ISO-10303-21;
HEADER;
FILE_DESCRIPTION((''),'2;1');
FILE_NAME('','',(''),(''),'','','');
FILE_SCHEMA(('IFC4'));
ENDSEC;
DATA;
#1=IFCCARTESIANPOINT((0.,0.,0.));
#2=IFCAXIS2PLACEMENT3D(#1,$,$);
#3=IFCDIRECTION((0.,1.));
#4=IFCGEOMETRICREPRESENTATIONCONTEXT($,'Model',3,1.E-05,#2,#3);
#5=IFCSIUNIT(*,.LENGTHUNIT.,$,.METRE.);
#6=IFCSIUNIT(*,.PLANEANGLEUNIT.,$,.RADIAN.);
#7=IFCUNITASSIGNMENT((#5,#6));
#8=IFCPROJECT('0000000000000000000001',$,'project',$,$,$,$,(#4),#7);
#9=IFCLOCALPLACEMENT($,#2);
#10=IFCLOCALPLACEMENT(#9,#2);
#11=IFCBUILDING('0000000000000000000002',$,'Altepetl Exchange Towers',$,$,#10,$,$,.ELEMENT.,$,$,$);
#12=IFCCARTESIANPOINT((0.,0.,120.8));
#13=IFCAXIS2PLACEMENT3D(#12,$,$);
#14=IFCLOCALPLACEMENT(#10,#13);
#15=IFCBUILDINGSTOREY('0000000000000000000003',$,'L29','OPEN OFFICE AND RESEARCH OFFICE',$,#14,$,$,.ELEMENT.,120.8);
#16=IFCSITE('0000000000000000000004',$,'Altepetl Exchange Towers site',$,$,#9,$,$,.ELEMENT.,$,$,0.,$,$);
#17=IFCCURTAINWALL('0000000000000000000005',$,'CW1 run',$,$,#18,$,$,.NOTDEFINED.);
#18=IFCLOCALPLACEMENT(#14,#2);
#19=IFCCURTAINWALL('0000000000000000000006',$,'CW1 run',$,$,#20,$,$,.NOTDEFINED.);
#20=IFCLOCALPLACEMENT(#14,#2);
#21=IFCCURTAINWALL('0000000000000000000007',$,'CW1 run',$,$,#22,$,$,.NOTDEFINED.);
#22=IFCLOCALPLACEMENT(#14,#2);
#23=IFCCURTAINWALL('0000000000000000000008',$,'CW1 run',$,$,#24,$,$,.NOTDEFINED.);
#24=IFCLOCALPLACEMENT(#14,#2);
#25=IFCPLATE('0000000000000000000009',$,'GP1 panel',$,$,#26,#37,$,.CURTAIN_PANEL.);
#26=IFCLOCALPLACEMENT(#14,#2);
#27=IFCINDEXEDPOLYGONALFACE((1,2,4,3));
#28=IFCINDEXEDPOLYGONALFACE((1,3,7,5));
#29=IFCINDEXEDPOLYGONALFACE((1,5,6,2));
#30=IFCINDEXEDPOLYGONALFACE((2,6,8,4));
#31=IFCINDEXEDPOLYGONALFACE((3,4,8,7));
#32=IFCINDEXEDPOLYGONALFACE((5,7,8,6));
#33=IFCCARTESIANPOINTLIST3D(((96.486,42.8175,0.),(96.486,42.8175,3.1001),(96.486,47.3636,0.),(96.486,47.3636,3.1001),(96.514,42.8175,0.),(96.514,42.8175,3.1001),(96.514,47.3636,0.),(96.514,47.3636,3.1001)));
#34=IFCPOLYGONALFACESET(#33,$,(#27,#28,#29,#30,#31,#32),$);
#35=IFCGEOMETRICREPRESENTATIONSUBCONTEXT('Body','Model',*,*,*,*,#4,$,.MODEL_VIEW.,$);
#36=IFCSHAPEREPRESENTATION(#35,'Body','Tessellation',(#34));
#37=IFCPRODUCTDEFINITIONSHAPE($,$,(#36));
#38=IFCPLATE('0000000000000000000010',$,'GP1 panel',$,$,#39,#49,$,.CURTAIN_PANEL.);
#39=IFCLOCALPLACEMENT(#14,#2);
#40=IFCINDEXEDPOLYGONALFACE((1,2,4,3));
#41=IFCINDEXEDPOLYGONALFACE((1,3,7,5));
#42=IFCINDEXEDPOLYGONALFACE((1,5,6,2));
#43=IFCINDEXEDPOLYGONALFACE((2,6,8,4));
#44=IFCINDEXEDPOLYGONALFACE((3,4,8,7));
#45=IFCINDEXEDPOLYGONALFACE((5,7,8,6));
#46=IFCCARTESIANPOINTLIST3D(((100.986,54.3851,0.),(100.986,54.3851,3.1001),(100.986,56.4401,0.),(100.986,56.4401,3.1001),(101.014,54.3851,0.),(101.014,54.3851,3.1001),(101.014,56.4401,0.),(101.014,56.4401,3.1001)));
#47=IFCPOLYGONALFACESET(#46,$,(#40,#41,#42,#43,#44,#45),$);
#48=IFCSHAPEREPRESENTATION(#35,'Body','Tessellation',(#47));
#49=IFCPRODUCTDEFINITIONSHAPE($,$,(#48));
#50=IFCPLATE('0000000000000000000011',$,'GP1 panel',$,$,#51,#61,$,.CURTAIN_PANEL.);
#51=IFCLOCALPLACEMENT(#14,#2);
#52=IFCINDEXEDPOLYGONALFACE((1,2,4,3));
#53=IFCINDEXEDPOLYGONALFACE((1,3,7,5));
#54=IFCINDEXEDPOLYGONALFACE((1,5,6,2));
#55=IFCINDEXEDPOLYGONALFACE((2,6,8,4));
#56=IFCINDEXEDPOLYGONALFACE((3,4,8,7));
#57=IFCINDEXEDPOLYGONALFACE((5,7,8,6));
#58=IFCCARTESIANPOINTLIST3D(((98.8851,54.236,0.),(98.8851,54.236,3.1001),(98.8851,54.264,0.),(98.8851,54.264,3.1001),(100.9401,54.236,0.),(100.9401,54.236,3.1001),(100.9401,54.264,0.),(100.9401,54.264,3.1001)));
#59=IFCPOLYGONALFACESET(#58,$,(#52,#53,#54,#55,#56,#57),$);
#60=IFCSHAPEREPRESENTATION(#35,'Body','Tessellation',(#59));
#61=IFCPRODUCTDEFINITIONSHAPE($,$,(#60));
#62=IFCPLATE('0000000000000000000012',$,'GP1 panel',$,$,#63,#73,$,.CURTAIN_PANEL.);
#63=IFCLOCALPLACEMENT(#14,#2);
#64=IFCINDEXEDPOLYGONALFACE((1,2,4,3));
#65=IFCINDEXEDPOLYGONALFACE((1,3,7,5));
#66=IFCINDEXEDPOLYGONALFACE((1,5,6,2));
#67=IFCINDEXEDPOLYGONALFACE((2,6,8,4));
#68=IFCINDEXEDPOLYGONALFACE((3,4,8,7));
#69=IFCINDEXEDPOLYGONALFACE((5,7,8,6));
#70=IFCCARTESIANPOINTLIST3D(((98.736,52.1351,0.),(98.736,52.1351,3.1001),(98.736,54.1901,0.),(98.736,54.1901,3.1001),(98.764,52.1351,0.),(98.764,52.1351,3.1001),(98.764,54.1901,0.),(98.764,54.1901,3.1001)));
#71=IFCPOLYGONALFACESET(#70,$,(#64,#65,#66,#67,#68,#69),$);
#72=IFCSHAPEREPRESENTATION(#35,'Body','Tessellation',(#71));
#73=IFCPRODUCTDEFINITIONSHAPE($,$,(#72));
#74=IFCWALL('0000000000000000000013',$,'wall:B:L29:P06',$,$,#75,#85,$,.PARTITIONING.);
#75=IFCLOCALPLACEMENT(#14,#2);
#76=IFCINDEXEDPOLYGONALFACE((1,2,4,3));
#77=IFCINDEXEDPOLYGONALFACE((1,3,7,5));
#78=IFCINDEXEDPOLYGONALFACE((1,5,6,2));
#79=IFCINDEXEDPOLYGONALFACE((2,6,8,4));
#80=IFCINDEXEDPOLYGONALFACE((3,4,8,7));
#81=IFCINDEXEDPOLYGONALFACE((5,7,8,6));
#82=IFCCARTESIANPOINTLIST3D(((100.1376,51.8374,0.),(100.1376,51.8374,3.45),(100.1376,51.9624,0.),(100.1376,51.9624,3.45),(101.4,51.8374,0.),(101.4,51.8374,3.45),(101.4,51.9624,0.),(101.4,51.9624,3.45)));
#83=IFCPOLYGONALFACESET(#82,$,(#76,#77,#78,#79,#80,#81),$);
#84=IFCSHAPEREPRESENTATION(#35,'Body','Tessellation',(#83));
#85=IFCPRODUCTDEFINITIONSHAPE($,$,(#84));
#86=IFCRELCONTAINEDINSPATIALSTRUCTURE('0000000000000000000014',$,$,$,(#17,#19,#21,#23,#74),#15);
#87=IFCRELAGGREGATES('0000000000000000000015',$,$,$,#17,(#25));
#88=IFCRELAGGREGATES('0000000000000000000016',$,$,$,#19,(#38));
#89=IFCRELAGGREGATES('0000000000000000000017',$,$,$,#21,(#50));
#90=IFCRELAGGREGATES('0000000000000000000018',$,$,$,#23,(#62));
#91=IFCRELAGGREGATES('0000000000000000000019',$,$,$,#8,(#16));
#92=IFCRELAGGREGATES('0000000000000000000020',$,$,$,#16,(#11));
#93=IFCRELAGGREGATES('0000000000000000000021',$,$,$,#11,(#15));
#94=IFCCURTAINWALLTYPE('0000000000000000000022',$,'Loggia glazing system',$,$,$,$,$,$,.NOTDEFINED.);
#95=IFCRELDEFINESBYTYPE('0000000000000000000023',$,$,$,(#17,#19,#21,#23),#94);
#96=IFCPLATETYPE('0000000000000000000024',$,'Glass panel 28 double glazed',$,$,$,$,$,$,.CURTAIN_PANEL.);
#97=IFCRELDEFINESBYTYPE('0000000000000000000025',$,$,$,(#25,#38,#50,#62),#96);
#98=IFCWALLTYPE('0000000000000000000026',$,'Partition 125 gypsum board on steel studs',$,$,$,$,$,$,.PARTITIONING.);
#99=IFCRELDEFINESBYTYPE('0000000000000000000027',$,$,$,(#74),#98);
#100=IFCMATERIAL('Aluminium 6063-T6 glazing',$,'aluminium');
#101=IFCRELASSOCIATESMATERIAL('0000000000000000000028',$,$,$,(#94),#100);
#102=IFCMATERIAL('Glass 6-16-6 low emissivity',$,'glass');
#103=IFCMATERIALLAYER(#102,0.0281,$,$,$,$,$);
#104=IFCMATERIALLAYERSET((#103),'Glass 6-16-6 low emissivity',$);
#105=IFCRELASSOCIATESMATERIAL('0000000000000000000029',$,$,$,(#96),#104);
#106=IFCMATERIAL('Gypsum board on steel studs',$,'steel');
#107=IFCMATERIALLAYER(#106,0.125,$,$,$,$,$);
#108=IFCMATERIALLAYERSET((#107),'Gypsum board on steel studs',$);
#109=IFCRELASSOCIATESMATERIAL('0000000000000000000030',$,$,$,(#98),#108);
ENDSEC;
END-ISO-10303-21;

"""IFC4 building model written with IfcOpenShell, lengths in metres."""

from ifc_helpers import new_model, si_unit, direction, frame, frame_2d, origin, origin_2d, place, context, subcontext, project, spatial, rectangle, extrude, material, layer, layer_set, type_object, element, aggregate, save


model = new_model("IFC4")

# Units and contexts
model_context = context("Model", 3, precision=1e-05, world=origin(), true_north=direction((0.0, 1.0)))
body_context = subcontext(model_context, "Body", "Model", "MODEL_VIEW")
ifc_project = project(units=[si_unit("LENGTHUNIT", "METRE"), si_unit("PLANEANGLEUNIT", "RADIAN")], contexts=[model_context])

# Site, building, storey
site_placement = place(None, origin())
site = spatial("IfcSite", under=ifc_project, at=site_placement, Name="Altepetl Exchange Towers site", CompositionType="ELEMENT", RefElevation=0.0)
building_placement = place(site_placement, origin())
building = spatial("IfcBuilding", under=site, at=building_placement, Name="Altepetl Exchange Towers", CompositionType="ELEMENT")
storey_placement = place(building_placement, frame((0.0, 0.0, 120.8)))
storey = spatial("IfcBuildingStorey", under=building, at=storey_placement, Name="L29", Description="OPEN OFFICE AND RESEARCH OFFICE", CompositionType="ELEMENT", Elevation=120.8)

# Curtain walls
ifc_material_1 = material(Name="Aluminium 6063-T6 glazing", Category="aluminium")
curtain_wall_type = type_object("IfcCurtainWallType", Name="Loggia glazing system", PredefinedType="NOTDEFINED", material=ifc_material_1)
curtain_wall_1_placement = place(storey_placement, origin())
curtain_wall_1 = element("IfcCurtainWall", 1, at=curtain_wall_1_placement, inside=storey, type_object=curtain_wall_type, Name="CW1 run", PredefinedType="NOTDEFINED")
curtain_wall_2_placement = place(storey_placement, origin())
curtain_wall_2 = element("IfcCurtainWall", 2, at=curtain_wall_2_placement, inside=storey, type_object=curtain_wall_type, Name="CW1 run", PredefinedType="NOTDEFINED")
curtain_wall_3_placement = place(storey_placement, origin())
curtain_wall_3 = element("IfcCurtainWall", 3, at=curtain_wall_3_placement, inside=storey, type_object=curtain_wall_type, Name="CW1 run", PredefinedType="NOTDEFINED")
curtain_wall_4_placement = place(storey_placement, origin())
curtain_wall_4 = element("IfcCurtainWall", 4, at=curtain_wall_4_placement, inside=storey, type_object=curtain_wall_type, Name="CW1 run", PredefinedType="NOTDEFINED")

# Plates
ifc_material_2 = material(Name="Glass 6-16-6 low emissivity", Category="glass")
ifc_layer_1 = layer(ifc_material_2, 0.0281)
ifc_layer_set_1 = layer_set([ifc_layer_1], Name="Glass 6-16-6 low emissivity")
plate_type = type_object("IfcPlateType", Name="Glass panel 28 double glazed", PredefinedType="CURTAIN_PANEL", material=ifc_layer_set_1)
plate_1_placement = place(storey_placement, frame((96.5, 45.0906, 0.0), z_axis=(0.0, 0.0, 1.0), x_axis=(0.0, -1.0, 0.0)))
plate_1 = element("IfcPlate", 5, at=plate_1_placement, type_object=plate_type, Name="GP1 panel", PredefinedType="CURTAIN_PANEL", context=body_context, shape_type="SweptSolid", body=[
    extrude(rectangle(XDim=4.5461, YDim=0.0281, at=origin_2d()), origin(), (0.0, 0.0, 1.0), 3.1001),
])
aggregate(curtain_wall_1, [plate_1])
plate_2_placement = place(storey_placement, frame((101.0, 55.4126, 0.0), z_axis=(0.0, 0.0, 1.0), x_axis=(0.0, -1.0, 0.0)))
plate_2 = element("IfcPlate", 6, at=plate_2_placement, type_object=plate_type, Name="GP1 panel", PredefinedType="CURTAIN_PANEL", context=body_context, shape_type="SweptSolid", body=[
    extrude(rectangle(XDim=2.0549, YDim=0.0281, at=origin_2d()), origin(), (0.0, 0.0, 1.0), 3.1001),
])
aggregate(curtain_wall_2, [plate_2])
plate_3_placement = place(storey_placement, frame((99.9126, 54.25, 0.0), z_axis=(0.0, 0.0, 1.0), x_axis=(-1.0, 0.0, 0.0)))
plate_3 = element("IfcPlate", 7, at=plate_3_placement, type_object=plate_type, Name="GP1 panel", PredefinedType="CURTAIN_PANEL", context=body_context, shape_type="SweptSolid", body=[
    extrude(rectangle(XDim=2.0549, YDim=0.0281, at=origin_2d()), origin(), (0.0, 0.0, 1.0), 3.1001),
])
aggregate(curtain_wall_3, [plate_3])
plate_4_placement = place(storey_placement, frame((98.75, 53.1626, 0.0), z_axis=(0.0, 0.0, 1.0), x_axis=(0.0, -1.0, 0.0)))
plate_4 = element("IfcPlate", 8, at=plate_4_placement, type_object=plate_type, Name="GP1 panel", PredefinedType="CURTAIN_PANEL", context=body_context, shape_type="SweptSolid", body=[
    extrude(rectangle(XDim=2.0549, YDim=0.0281, at=origin_2d()), origin(), (0.0, 0.0, 1.0), 3.1001),
])
aggregate(curtain_wall_4, [plate_4])

# Wall
ifc_material_3 = material(Name="Gypsum board on steel studs", Category="steel")
ifc_layer_2 = layer(ifc_material_3, 0.125)
ifc_layer_set_2 = layer_set([ifc_layer_2], Name="Gypsum board on steel studs")
wall_type = type_object("IfcWallType", Name="Partition 125 gypsum board on steel studs", PredefinedType="PARTITIONING", material=ifc_layer_set_2)
wall_placement = place(storey_placement, frame((100.1375, 51.8999, 0.0)))
element("IfcWall", 9, at=wall_placement, inside=storey, type_object=wall_type, Name="wall:B:L29:P06", PredefinedType="PARTITIONING", context=body_context, shape_type="SweptSolid", body=[
    extrude(rectangle(XDim=1.2625, YDim=0.125, at=frame_2d((0.6313, 0.0))), origin(), (0.0, 0.0, 1.0), 3.45),
])

save(model, "model.ifc")
